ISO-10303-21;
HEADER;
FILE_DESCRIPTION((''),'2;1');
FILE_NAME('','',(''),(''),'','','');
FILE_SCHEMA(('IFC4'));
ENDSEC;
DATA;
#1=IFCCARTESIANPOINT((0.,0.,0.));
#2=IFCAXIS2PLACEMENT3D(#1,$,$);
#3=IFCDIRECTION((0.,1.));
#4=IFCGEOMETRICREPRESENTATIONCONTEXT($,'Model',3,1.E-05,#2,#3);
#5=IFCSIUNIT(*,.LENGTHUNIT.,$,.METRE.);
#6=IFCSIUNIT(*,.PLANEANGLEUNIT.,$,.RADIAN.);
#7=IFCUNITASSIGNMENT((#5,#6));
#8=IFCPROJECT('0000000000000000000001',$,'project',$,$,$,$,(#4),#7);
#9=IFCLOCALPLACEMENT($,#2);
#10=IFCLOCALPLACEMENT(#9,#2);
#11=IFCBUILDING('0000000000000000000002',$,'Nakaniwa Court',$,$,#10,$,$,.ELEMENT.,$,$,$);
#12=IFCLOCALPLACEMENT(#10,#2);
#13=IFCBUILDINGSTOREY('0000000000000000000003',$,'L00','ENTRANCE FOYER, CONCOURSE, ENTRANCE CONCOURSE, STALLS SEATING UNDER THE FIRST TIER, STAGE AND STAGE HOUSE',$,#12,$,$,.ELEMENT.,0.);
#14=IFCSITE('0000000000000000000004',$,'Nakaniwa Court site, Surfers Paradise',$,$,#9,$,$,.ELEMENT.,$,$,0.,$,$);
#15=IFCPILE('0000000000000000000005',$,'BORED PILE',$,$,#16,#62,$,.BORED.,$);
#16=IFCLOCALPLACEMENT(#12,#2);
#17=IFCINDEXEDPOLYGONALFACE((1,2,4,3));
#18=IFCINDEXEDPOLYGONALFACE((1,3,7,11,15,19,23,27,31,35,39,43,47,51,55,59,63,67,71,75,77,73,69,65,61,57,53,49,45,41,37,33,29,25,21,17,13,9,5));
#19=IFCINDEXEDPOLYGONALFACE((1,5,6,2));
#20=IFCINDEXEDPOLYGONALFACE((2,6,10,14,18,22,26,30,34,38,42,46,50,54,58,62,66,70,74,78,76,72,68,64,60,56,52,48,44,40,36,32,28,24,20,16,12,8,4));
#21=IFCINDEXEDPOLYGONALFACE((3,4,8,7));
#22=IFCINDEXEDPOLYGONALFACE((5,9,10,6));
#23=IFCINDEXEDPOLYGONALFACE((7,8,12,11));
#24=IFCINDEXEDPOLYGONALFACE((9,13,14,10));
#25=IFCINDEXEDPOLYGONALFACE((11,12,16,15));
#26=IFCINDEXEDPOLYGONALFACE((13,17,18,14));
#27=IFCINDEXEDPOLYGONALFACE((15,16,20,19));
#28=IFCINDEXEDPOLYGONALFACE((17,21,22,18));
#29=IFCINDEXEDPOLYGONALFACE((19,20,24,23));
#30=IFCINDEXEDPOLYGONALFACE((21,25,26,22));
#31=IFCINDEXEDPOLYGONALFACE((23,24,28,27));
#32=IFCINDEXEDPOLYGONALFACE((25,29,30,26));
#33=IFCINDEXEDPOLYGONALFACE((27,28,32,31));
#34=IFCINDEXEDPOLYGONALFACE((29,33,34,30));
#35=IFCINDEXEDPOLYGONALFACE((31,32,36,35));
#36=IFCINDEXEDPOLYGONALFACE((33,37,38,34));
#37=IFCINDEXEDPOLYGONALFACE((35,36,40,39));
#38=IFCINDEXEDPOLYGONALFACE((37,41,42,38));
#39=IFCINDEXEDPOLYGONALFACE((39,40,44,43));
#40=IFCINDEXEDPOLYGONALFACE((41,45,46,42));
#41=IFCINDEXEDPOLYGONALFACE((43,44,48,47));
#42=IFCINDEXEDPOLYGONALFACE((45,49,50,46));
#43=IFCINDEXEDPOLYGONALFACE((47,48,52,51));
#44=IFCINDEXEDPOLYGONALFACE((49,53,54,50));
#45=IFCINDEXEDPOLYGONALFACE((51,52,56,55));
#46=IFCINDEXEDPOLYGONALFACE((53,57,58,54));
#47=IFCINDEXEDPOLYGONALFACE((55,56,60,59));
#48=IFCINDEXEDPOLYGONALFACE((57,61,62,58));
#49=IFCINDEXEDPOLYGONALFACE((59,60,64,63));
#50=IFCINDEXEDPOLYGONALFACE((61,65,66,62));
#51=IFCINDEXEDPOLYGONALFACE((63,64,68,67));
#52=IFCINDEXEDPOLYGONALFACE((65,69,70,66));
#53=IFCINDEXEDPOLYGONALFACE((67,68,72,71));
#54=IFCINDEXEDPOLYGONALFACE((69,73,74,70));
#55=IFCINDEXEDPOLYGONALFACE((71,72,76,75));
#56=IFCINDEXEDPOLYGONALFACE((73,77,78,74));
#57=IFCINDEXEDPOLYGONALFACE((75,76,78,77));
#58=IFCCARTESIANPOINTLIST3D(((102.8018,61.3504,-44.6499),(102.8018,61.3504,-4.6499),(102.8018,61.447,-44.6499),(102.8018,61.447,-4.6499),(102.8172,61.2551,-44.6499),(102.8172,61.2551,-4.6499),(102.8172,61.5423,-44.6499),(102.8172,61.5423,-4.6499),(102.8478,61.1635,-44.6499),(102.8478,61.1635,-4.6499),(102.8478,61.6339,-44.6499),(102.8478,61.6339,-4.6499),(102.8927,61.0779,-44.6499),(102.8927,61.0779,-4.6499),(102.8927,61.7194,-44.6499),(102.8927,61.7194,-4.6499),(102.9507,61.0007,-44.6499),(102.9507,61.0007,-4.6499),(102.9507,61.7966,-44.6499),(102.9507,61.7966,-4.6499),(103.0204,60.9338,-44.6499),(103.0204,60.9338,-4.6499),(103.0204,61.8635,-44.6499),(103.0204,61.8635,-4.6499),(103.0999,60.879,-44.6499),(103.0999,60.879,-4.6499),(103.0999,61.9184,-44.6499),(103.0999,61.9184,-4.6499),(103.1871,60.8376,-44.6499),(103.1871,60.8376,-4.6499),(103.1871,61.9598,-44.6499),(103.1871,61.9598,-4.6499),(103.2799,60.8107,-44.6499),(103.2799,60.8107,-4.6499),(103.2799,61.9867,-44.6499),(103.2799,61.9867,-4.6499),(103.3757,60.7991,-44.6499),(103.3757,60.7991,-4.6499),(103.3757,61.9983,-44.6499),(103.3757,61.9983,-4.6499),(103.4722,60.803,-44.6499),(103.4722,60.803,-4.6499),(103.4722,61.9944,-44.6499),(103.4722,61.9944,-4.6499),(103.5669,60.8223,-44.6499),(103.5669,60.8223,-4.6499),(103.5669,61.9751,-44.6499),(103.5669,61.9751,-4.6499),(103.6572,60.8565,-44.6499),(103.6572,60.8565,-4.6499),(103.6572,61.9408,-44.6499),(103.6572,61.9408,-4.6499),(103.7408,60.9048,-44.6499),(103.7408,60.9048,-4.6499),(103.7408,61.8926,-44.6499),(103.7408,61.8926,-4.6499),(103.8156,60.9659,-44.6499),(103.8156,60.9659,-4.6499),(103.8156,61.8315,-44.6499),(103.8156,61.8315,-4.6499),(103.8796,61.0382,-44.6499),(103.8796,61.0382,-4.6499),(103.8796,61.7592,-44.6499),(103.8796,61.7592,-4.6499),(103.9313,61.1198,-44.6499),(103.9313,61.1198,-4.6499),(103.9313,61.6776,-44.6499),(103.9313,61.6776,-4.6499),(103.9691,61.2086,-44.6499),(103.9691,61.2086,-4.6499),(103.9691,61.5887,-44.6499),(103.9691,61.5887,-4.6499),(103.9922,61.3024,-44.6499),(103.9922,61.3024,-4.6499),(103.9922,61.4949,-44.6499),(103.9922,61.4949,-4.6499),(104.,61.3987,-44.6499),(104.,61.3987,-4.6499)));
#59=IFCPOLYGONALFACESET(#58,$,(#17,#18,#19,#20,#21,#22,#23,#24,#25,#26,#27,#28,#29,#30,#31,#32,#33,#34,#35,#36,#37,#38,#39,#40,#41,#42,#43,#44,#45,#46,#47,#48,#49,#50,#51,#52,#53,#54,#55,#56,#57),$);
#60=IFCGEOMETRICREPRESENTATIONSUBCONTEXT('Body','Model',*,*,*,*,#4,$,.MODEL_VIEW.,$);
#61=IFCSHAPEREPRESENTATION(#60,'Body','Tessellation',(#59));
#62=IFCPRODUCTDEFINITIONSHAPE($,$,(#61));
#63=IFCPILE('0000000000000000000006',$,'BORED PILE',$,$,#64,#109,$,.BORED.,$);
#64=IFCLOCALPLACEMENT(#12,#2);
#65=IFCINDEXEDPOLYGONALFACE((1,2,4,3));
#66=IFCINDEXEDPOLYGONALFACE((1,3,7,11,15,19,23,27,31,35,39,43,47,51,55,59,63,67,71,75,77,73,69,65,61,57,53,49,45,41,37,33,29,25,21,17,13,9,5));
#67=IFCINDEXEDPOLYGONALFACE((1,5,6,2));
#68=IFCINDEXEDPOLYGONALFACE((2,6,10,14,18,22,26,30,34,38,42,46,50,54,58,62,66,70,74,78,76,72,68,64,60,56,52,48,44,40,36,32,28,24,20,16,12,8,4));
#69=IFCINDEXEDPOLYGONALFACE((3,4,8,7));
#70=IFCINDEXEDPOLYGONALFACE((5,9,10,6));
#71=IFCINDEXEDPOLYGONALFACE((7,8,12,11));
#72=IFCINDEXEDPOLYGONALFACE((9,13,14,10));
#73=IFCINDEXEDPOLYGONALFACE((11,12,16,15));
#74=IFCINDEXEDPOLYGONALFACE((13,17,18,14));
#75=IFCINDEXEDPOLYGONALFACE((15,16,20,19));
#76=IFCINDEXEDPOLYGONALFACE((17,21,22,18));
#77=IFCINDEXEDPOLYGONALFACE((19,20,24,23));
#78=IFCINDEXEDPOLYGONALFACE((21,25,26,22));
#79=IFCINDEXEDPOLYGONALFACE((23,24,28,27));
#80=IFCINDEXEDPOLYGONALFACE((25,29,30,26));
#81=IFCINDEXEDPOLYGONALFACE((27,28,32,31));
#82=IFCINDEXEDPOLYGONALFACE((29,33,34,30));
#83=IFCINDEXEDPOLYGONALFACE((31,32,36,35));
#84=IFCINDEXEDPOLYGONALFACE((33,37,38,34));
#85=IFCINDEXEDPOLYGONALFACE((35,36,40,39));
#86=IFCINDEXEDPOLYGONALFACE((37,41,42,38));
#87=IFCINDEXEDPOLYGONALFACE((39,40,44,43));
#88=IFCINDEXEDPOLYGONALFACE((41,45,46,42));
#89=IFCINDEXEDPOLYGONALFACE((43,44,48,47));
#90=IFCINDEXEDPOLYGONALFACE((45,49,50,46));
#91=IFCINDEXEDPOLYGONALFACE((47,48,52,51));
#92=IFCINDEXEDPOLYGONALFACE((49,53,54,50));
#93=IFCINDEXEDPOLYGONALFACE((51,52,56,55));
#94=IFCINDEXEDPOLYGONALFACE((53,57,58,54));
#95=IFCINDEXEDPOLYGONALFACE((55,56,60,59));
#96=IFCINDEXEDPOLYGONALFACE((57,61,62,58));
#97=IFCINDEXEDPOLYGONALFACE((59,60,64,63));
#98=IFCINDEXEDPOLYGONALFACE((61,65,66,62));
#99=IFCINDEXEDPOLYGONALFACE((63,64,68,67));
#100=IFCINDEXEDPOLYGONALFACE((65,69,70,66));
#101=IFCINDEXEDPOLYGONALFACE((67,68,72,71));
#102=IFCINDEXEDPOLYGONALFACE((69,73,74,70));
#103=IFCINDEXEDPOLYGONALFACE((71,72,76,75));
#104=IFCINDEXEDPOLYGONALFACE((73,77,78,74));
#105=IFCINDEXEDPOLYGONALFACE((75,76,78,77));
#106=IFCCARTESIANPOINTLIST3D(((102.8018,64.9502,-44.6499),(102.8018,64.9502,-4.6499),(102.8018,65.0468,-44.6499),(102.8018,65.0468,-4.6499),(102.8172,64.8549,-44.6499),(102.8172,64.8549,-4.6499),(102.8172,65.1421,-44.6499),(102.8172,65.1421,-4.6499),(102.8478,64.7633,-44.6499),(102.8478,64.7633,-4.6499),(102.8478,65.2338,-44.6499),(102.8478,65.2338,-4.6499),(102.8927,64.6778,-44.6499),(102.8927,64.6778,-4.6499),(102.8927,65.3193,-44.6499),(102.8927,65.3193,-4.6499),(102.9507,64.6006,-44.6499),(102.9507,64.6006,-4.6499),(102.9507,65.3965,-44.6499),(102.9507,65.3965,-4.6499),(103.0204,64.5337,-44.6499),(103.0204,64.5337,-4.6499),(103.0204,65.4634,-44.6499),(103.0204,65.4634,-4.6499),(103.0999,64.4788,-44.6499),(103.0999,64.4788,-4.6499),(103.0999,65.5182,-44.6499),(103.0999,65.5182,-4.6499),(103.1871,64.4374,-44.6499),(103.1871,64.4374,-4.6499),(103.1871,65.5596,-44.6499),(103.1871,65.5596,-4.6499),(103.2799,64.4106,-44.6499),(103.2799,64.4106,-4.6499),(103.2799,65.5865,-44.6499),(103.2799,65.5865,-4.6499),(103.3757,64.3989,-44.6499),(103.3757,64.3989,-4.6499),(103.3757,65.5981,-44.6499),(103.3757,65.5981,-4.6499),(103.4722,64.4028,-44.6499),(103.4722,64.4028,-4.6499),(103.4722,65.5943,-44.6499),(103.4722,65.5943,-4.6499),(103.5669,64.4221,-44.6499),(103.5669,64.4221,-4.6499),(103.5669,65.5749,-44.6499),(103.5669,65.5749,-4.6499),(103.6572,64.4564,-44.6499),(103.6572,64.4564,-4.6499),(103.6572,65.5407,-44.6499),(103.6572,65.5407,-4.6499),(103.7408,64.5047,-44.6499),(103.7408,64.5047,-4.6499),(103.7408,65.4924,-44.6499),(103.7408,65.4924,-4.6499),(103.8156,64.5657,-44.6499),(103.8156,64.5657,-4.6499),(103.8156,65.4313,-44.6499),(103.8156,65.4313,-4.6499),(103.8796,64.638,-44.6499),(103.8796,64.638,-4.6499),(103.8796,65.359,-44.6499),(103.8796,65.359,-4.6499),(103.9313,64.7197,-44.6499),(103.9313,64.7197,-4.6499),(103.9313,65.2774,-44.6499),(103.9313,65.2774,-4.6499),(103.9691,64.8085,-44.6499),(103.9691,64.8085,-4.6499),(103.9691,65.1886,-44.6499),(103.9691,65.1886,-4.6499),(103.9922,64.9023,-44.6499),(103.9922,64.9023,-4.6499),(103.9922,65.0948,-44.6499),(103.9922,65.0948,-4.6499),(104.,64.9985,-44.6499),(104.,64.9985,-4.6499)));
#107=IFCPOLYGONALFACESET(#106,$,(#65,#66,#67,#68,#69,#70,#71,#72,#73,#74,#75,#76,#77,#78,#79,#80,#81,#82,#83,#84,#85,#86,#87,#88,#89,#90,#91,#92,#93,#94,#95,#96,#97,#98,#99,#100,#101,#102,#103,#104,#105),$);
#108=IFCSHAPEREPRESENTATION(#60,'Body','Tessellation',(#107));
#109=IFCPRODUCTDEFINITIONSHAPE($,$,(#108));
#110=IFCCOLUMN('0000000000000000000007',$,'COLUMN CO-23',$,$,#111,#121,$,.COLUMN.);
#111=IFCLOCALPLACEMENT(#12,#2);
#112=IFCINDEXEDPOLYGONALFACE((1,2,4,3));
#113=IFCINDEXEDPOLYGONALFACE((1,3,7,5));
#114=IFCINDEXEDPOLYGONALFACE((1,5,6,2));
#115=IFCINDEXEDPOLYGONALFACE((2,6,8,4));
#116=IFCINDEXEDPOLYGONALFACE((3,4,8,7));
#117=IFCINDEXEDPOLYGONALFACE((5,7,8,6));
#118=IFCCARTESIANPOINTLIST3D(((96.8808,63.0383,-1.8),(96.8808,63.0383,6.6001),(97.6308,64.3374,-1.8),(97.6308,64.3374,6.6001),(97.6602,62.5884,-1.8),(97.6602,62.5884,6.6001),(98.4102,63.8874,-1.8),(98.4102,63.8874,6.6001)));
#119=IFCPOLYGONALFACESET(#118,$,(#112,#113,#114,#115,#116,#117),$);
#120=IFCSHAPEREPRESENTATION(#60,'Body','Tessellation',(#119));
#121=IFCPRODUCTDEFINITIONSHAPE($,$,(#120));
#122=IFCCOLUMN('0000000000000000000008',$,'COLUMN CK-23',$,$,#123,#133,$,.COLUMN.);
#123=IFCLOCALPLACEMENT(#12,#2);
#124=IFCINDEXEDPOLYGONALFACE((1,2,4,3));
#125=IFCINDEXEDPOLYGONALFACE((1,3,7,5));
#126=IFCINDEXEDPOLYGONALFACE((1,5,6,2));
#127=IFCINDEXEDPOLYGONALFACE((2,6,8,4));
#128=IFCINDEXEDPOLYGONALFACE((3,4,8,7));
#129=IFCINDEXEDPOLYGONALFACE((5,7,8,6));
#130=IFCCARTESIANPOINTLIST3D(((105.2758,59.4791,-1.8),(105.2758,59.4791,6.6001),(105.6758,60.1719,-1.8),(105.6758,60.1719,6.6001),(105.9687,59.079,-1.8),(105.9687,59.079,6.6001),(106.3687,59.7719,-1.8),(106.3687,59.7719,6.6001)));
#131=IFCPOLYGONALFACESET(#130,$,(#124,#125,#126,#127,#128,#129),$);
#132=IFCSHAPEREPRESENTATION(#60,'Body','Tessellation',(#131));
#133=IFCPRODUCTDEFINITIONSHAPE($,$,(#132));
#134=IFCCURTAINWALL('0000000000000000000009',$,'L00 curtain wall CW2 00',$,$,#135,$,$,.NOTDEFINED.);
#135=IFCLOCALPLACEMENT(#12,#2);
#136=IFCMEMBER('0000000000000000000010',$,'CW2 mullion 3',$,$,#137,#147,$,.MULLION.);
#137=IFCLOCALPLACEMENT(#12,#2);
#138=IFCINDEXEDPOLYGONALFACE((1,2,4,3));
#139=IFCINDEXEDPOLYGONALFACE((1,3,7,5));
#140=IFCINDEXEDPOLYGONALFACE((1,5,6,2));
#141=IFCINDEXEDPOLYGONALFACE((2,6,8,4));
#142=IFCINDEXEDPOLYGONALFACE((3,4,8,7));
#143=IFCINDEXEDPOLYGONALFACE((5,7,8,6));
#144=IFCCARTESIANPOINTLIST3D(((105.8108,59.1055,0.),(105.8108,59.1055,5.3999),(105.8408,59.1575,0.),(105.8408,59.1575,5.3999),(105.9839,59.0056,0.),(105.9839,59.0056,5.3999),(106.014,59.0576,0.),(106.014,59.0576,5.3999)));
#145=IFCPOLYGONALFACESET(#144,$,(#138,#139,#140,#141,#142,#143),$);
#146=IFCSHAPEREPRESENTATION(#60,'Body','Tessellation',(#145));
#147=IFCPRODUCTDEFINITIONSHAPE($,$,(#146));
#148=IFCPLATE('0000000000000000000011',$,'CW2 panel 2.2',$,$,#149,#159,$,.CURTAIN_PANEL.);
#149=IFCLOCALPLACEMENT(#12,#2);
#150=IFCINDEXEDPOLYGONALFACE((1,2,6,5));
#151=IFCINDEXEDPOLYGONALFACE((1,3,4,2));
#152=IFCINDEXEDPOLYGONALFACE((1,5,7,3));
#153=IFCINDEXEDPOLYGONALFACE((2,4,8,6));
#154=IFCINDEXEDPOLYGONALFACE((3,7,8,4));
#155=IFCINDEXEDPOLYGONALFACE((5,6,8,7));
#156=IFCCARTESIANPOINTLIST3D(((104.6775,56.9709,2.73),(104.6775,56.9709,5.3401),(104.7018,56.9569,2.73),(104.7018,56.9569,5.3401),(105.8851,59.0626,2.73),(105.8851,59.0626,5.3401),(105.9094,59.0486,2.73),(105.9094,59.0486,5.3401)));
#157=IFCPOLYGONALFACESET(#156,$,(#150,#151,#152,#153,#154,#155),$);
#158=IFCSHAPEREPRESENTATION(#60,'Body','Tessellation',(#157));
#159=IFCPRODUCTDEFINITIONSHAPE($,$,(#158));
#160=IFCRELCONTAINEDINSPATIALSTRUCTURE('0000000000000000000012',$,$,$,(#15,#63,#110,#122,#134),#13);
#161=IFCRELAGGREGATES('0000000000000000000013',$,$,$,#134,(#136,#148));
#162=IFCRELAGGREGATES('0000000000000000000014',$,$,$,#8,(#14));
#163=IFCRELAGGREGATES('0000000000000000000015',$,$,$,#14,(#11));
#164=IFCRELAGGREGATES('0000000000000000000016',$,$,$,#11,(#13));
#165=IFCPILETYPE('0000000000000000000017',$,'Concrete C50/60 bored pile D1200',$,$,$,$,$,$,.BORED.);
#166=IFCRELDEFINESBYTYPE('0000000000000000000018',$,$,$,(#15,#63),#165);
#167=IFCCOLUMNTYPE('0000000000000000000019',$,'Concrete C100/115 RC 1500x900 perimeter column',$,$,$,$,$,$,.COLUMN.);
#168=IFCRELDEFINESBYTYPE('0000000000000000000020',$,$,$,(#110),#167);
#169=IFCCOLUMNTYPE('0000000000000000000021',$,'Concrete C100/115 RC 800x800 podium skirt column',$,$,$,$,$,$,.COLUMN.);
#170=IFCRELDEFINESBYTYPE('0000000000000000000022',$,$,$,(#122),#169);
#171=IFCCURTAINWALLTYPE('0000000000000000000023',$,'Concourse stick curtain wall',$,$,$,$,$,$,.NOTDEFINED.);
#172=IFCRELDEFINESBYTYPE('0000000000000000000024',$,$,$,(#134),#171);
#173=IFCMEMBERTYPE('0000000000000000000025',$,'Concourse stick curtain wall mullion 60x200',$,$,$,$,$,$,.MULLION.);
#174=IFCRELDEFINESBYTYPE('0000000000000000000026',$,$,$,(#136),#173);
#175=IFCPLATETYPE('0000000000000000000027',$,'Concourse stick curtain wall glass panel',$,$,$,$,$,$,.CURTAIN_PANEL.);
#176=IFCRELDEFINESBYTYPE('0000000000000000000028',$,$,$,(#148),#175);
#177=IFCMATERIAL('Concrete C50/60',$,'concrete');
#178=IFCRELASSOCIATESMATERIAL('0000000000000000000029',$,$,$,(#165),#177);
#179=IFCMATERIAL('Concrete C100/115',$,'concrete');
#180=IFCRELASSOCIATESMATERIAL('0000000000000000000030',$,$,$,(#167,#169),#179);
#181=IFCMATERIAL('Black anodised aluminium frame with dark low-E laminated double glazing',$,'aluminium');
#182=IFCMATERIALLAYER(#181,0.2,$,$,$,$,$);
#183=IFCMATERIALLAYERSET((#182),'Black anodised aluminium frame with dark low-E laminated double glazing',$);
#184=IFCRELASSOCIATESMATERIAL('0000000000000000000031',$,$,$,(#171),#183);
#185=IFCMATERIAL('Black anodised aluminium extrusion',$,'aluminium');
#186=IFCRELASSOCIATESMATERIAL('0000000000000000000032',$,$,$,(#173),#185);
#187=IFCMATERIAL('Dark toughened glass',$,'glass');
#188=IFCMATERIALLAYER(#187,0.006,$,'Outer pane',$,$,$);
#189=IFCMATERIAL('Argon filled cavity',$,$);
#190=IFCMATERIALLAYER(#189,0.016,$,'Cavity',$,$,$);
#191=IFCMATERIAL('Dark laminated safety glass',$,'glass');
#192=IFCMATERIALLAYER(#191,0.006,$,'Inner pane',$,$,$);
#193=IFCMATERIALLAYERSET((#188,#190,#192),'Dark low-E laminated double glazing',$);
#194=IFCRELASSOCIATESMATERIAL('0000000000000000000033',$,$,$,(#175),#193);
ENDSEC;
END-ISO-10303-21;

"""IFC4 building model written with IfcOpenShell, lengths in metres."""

from ifc_helpers import new_model, si_unit, direction, frame, origin, origin_2d, place, context, subcontext, project, spatial, rectangle, circle, extrude, material, layer, layer_set, material_profile, profile_set, type_object, element, aggregate, save


model = new_model("IFC4")

# Units and contexts
model_context = context("Model", 3, precision=1e-05, world=origin(), true_north=direction((0.0, 1.0)))
body_context = subcontext(model_context, "Body", "Model", "MODEL_VIEW")
ifc_project = project(units=[si_unit("LENGTHUNIT", "METRE"), si_unit("PLANEANGLEUNIT", "RADIAN")], contexts=[model_context])

# Site, building, storey
site_placement = place(None, origin())
site = spatial("IfcSite", under=ifc_project, at=site_placement, Name="Nakaniwa Court site, Surfers Paradise", CompositionType="ELEMENT", RefElevation=0.0)
building_placement = place(site_placement, origin())
building = spatial("IfcBuilding", under=site, at=building_placement, Name="Nakaniwa Court", CompositionType="ELEMENT")
storey_placement = place(building_placement, origin())
storey = spatial("IfcBuildingStorey", under=building, at=storey_placement, Name="L00", Description="ENTRANCE FOYER, CONCOURSE, ENTRANCE CONCOURSE, STALLS SEATING UNDER THE FIRST TIER, STAGE AND STAGE HOUSE", CompositionType="ELEMENT", Elevation=0.0)

# Piles
ifc_material_1 = material(Name="Concrete C50/60", Category="concrete")
ifc_material_profile_1 = material_profile(ifc_material_1, circle(Radius=0.6001, at=origin_2d()), Name="Concrete C50/60 bored pile D1200")
ifc_profile_set_1 = profile_set([ifc_material_profile_1], Name="Concrete C50/60")
pile_type = type_object("IfcPileType", Name="Concrete C50/60 bored pile D1200", PredefinedType="BORED", material=ifc_profile_set_1)
for number, where, z_axis, x_axis, name in (
    (1, (103.3999, 61.3987, -4.6499), (0.0, 0.0, -1.0), (1.0, 0.0, 0.0), "BORED PILE"),
    (2, (103.3999, 64.9985, -4.6499), (0.0, 0.0, -1.0), (1.0, 0.0, 0.0), "BORED PILE"),
):
    element("IfcPile", number, at=place(storey_placement, frame(where, z_axis=z_axis, x_axis=x_axis)), inside=storey, type_object=pile_type, Name=name, PredefinedType="BORED", context=body_context, shape_type="SweptSolid", body=[
        extrude(circle(Radius=0.6001, at=origin_2d()), origin(), (0.0, 0.0, 1.0), 40.0),
    ])

# Columns
ifc_material_2 = material(Name="Concrete C100/115", Category="concrete")
ifc_material_profile_2 = material_profile(ifc_material_2, rectangle(XDim=1.5, YDim=0.8999, at=origin_2d()), Name="Concrete C100/115 RC 1500x900 perimeter column")
ifc_profile_set_2 = profile_set([ifc_material_profile_2], Name="Concrete C100/115")
column_type_1 = type_object("IfcColumnType", Name="Concrete C100/115 RC 1500x900 perimeter column", PredefinedType="COLUMN", material=ifc_profile_set_2)
column_1_placement = place(storey_placement, frame((97.6455, 63.4629, -1.8), z_axis=(0.0, 0.0, 1.0), x_axis=(0.5, 0.866025, 0.0)))
element("IfcColumn", 3, at=column_1_placement, inside=storey, type_object=column_type_1, Name="COLUMN CO-23", PredefinedType="COLUMN", context=body_context, shape_type="SweptSolid", body=[
    extrude(rectangle(XDim=1.5, YDim=0.8999, at=origin_2d()), origin(), (0.0, 0.0, 1.0), 8.4001),
])
ifc_material_profile_3 = material_profile(ifc_material_2, rectangle(XDim=0.8, YDim=0.8, at=origin_2d()), Name="Concrete C100/115 RC 800x800 podium skirt column")
ifc_profile_set_3 = profile_set([ifc_material_profile_3], Name="Concrete C100/115")
column_type_2 = type_object("IfcColumnType", Name="Concrete C100/115 RC 800x800 podium skirt column", PredefinedType="COLUMN", material=ifc_profile_set_3)
column_2_placement = place(storey_placement, frame((105.8223, 59.6255, -1.8), z_axis=(0.0, 0.0, 1.0), x_axis=(0.5, 0.866025, 0.0)))
element("IfcColumn", 4, at=column_2_placement, inside=storey, type_object=column_type_2, Name="COLUMN CK-23", PredefinedType="COLUMN", context=body_context, shape_type="SweptSolid", body=[
    extrude(rectangle(XDim=0.8, YDim=0.8, at=origin_2d()), origin(), (0.0, 0.0, 1.0), 8.4001),
])

# Curtain wall, member, plate
ifc_material_3 = material(Name="Black anodised aluminium frame with dark low-E laminated double glazing", Category="aluminium")
ifc_layer_1 = layer(ifc_material_3, 0.2)
ifc_layer_set_1 = layer_set([ifc_layer_1], Name="Black anodised aluminium frame with dark low-E laminated double glazing")
curtain_wall_type = type_object("IfcCurtainWallType", Name="Concourse stick curtain wall", PredefinedType="NOTDEFINED", material=ifc_layer_set_1)
curtain_wall_placement = place(storey_placement, origin())
curtain_wall = element("IfcCurtainWall", 5, at=curtain_wall_placement, inside=storey, type_object=curtain_wall_type, Name="L00 curtain wall CW2 00", PredefinedType="NOTDEFINED")
ifc_material_4 = material(Name="Black anodised aluminium extrusion", Category="aluminium")
ifc_material_profile_4 = material_profile(ifc_material_4, rectangle(XDim=0.2, YDim=0.0601, at=origin_2d()), Name="Concourse stick curtain wall mullion 60x200")
ifc_profile_set_4 = profile_set([ifc_material_profile_4], Name="Black anodised aluminium extrusion")
member_type = type_object("IfcMemberType", Name="Concourse stick curtain wall mullion 60x200", PredefinedType="MULLION", material=ifc_profile_set_4)
member_placement = place(storey_placement, frame((105.9124, 59.0815, 0.0), z_axis=(0.0, 0.0, 1.0), x_axis=(-0.866037, 0.499979, 0.0)))
member = element("IfcMember", 6, at=member_placement, type_object=member_type, Name="CW2 mullion 3", PredefinedType="MULLION", context=body_context, shape_type="SweptSolid", body=[
    extrude(rectangle(XDim=0.2, YDim=0.0601, at=origin_2d()), origin(), (0.0, 0.0, 1.0), 5.3999),
])
ifc_material_5 = material(Name="Dark toughened glass", Category="glass")
ifc_layer_2 = layer(ifc_material_5, 0.006, Name="Outer pane")
ifc_material_6 = material(Name="Argon filled cavity")
ifc_layer_3 = layer(ifc_material_6, 0.016, Name="Cavity")
ifc_material_7 = material(Name="Dark laminated safety glass", Category="glass")
ifc_layer_4 = layer(ifc_material_7, 0.006, Name="Inner pane")
ifc_layer_set_2 = layer_set([ifc_layer_2, ifc_layer_3, ifc_layer_4], Name="Dark low-E laminated double glazing")
plate_type = type_object("IfcPlateType", Name="Concourse stick curtain wall glass panel", PredefinedType="CURTAIN_PANEL", material=ifc_layer_set_2)
plate_placement = place(storey_placement, frame((105.2935, 58.0098, 2.73), z_axis=(0.0, 0.0, 1.0), x_axis=(0.499979, 0.866037, 0.0)))
plate = element("IfcPlate", 7, at=plate_placement, type_object=plate_type, Name="CW2 panel 2.2", PredefinedType="CURTAIN_PANEL", context=body_context, shape_type="SweptSolid", body=[
    extrude(rectangle(XDim=2.4153, YDim=0.0281, at=origin_2d()), origin(), (0.0, 0.0, 1.0), 2.6101),
])
aggregate(curtain_wall, [member, plate])

save(model, "model.ifc")
